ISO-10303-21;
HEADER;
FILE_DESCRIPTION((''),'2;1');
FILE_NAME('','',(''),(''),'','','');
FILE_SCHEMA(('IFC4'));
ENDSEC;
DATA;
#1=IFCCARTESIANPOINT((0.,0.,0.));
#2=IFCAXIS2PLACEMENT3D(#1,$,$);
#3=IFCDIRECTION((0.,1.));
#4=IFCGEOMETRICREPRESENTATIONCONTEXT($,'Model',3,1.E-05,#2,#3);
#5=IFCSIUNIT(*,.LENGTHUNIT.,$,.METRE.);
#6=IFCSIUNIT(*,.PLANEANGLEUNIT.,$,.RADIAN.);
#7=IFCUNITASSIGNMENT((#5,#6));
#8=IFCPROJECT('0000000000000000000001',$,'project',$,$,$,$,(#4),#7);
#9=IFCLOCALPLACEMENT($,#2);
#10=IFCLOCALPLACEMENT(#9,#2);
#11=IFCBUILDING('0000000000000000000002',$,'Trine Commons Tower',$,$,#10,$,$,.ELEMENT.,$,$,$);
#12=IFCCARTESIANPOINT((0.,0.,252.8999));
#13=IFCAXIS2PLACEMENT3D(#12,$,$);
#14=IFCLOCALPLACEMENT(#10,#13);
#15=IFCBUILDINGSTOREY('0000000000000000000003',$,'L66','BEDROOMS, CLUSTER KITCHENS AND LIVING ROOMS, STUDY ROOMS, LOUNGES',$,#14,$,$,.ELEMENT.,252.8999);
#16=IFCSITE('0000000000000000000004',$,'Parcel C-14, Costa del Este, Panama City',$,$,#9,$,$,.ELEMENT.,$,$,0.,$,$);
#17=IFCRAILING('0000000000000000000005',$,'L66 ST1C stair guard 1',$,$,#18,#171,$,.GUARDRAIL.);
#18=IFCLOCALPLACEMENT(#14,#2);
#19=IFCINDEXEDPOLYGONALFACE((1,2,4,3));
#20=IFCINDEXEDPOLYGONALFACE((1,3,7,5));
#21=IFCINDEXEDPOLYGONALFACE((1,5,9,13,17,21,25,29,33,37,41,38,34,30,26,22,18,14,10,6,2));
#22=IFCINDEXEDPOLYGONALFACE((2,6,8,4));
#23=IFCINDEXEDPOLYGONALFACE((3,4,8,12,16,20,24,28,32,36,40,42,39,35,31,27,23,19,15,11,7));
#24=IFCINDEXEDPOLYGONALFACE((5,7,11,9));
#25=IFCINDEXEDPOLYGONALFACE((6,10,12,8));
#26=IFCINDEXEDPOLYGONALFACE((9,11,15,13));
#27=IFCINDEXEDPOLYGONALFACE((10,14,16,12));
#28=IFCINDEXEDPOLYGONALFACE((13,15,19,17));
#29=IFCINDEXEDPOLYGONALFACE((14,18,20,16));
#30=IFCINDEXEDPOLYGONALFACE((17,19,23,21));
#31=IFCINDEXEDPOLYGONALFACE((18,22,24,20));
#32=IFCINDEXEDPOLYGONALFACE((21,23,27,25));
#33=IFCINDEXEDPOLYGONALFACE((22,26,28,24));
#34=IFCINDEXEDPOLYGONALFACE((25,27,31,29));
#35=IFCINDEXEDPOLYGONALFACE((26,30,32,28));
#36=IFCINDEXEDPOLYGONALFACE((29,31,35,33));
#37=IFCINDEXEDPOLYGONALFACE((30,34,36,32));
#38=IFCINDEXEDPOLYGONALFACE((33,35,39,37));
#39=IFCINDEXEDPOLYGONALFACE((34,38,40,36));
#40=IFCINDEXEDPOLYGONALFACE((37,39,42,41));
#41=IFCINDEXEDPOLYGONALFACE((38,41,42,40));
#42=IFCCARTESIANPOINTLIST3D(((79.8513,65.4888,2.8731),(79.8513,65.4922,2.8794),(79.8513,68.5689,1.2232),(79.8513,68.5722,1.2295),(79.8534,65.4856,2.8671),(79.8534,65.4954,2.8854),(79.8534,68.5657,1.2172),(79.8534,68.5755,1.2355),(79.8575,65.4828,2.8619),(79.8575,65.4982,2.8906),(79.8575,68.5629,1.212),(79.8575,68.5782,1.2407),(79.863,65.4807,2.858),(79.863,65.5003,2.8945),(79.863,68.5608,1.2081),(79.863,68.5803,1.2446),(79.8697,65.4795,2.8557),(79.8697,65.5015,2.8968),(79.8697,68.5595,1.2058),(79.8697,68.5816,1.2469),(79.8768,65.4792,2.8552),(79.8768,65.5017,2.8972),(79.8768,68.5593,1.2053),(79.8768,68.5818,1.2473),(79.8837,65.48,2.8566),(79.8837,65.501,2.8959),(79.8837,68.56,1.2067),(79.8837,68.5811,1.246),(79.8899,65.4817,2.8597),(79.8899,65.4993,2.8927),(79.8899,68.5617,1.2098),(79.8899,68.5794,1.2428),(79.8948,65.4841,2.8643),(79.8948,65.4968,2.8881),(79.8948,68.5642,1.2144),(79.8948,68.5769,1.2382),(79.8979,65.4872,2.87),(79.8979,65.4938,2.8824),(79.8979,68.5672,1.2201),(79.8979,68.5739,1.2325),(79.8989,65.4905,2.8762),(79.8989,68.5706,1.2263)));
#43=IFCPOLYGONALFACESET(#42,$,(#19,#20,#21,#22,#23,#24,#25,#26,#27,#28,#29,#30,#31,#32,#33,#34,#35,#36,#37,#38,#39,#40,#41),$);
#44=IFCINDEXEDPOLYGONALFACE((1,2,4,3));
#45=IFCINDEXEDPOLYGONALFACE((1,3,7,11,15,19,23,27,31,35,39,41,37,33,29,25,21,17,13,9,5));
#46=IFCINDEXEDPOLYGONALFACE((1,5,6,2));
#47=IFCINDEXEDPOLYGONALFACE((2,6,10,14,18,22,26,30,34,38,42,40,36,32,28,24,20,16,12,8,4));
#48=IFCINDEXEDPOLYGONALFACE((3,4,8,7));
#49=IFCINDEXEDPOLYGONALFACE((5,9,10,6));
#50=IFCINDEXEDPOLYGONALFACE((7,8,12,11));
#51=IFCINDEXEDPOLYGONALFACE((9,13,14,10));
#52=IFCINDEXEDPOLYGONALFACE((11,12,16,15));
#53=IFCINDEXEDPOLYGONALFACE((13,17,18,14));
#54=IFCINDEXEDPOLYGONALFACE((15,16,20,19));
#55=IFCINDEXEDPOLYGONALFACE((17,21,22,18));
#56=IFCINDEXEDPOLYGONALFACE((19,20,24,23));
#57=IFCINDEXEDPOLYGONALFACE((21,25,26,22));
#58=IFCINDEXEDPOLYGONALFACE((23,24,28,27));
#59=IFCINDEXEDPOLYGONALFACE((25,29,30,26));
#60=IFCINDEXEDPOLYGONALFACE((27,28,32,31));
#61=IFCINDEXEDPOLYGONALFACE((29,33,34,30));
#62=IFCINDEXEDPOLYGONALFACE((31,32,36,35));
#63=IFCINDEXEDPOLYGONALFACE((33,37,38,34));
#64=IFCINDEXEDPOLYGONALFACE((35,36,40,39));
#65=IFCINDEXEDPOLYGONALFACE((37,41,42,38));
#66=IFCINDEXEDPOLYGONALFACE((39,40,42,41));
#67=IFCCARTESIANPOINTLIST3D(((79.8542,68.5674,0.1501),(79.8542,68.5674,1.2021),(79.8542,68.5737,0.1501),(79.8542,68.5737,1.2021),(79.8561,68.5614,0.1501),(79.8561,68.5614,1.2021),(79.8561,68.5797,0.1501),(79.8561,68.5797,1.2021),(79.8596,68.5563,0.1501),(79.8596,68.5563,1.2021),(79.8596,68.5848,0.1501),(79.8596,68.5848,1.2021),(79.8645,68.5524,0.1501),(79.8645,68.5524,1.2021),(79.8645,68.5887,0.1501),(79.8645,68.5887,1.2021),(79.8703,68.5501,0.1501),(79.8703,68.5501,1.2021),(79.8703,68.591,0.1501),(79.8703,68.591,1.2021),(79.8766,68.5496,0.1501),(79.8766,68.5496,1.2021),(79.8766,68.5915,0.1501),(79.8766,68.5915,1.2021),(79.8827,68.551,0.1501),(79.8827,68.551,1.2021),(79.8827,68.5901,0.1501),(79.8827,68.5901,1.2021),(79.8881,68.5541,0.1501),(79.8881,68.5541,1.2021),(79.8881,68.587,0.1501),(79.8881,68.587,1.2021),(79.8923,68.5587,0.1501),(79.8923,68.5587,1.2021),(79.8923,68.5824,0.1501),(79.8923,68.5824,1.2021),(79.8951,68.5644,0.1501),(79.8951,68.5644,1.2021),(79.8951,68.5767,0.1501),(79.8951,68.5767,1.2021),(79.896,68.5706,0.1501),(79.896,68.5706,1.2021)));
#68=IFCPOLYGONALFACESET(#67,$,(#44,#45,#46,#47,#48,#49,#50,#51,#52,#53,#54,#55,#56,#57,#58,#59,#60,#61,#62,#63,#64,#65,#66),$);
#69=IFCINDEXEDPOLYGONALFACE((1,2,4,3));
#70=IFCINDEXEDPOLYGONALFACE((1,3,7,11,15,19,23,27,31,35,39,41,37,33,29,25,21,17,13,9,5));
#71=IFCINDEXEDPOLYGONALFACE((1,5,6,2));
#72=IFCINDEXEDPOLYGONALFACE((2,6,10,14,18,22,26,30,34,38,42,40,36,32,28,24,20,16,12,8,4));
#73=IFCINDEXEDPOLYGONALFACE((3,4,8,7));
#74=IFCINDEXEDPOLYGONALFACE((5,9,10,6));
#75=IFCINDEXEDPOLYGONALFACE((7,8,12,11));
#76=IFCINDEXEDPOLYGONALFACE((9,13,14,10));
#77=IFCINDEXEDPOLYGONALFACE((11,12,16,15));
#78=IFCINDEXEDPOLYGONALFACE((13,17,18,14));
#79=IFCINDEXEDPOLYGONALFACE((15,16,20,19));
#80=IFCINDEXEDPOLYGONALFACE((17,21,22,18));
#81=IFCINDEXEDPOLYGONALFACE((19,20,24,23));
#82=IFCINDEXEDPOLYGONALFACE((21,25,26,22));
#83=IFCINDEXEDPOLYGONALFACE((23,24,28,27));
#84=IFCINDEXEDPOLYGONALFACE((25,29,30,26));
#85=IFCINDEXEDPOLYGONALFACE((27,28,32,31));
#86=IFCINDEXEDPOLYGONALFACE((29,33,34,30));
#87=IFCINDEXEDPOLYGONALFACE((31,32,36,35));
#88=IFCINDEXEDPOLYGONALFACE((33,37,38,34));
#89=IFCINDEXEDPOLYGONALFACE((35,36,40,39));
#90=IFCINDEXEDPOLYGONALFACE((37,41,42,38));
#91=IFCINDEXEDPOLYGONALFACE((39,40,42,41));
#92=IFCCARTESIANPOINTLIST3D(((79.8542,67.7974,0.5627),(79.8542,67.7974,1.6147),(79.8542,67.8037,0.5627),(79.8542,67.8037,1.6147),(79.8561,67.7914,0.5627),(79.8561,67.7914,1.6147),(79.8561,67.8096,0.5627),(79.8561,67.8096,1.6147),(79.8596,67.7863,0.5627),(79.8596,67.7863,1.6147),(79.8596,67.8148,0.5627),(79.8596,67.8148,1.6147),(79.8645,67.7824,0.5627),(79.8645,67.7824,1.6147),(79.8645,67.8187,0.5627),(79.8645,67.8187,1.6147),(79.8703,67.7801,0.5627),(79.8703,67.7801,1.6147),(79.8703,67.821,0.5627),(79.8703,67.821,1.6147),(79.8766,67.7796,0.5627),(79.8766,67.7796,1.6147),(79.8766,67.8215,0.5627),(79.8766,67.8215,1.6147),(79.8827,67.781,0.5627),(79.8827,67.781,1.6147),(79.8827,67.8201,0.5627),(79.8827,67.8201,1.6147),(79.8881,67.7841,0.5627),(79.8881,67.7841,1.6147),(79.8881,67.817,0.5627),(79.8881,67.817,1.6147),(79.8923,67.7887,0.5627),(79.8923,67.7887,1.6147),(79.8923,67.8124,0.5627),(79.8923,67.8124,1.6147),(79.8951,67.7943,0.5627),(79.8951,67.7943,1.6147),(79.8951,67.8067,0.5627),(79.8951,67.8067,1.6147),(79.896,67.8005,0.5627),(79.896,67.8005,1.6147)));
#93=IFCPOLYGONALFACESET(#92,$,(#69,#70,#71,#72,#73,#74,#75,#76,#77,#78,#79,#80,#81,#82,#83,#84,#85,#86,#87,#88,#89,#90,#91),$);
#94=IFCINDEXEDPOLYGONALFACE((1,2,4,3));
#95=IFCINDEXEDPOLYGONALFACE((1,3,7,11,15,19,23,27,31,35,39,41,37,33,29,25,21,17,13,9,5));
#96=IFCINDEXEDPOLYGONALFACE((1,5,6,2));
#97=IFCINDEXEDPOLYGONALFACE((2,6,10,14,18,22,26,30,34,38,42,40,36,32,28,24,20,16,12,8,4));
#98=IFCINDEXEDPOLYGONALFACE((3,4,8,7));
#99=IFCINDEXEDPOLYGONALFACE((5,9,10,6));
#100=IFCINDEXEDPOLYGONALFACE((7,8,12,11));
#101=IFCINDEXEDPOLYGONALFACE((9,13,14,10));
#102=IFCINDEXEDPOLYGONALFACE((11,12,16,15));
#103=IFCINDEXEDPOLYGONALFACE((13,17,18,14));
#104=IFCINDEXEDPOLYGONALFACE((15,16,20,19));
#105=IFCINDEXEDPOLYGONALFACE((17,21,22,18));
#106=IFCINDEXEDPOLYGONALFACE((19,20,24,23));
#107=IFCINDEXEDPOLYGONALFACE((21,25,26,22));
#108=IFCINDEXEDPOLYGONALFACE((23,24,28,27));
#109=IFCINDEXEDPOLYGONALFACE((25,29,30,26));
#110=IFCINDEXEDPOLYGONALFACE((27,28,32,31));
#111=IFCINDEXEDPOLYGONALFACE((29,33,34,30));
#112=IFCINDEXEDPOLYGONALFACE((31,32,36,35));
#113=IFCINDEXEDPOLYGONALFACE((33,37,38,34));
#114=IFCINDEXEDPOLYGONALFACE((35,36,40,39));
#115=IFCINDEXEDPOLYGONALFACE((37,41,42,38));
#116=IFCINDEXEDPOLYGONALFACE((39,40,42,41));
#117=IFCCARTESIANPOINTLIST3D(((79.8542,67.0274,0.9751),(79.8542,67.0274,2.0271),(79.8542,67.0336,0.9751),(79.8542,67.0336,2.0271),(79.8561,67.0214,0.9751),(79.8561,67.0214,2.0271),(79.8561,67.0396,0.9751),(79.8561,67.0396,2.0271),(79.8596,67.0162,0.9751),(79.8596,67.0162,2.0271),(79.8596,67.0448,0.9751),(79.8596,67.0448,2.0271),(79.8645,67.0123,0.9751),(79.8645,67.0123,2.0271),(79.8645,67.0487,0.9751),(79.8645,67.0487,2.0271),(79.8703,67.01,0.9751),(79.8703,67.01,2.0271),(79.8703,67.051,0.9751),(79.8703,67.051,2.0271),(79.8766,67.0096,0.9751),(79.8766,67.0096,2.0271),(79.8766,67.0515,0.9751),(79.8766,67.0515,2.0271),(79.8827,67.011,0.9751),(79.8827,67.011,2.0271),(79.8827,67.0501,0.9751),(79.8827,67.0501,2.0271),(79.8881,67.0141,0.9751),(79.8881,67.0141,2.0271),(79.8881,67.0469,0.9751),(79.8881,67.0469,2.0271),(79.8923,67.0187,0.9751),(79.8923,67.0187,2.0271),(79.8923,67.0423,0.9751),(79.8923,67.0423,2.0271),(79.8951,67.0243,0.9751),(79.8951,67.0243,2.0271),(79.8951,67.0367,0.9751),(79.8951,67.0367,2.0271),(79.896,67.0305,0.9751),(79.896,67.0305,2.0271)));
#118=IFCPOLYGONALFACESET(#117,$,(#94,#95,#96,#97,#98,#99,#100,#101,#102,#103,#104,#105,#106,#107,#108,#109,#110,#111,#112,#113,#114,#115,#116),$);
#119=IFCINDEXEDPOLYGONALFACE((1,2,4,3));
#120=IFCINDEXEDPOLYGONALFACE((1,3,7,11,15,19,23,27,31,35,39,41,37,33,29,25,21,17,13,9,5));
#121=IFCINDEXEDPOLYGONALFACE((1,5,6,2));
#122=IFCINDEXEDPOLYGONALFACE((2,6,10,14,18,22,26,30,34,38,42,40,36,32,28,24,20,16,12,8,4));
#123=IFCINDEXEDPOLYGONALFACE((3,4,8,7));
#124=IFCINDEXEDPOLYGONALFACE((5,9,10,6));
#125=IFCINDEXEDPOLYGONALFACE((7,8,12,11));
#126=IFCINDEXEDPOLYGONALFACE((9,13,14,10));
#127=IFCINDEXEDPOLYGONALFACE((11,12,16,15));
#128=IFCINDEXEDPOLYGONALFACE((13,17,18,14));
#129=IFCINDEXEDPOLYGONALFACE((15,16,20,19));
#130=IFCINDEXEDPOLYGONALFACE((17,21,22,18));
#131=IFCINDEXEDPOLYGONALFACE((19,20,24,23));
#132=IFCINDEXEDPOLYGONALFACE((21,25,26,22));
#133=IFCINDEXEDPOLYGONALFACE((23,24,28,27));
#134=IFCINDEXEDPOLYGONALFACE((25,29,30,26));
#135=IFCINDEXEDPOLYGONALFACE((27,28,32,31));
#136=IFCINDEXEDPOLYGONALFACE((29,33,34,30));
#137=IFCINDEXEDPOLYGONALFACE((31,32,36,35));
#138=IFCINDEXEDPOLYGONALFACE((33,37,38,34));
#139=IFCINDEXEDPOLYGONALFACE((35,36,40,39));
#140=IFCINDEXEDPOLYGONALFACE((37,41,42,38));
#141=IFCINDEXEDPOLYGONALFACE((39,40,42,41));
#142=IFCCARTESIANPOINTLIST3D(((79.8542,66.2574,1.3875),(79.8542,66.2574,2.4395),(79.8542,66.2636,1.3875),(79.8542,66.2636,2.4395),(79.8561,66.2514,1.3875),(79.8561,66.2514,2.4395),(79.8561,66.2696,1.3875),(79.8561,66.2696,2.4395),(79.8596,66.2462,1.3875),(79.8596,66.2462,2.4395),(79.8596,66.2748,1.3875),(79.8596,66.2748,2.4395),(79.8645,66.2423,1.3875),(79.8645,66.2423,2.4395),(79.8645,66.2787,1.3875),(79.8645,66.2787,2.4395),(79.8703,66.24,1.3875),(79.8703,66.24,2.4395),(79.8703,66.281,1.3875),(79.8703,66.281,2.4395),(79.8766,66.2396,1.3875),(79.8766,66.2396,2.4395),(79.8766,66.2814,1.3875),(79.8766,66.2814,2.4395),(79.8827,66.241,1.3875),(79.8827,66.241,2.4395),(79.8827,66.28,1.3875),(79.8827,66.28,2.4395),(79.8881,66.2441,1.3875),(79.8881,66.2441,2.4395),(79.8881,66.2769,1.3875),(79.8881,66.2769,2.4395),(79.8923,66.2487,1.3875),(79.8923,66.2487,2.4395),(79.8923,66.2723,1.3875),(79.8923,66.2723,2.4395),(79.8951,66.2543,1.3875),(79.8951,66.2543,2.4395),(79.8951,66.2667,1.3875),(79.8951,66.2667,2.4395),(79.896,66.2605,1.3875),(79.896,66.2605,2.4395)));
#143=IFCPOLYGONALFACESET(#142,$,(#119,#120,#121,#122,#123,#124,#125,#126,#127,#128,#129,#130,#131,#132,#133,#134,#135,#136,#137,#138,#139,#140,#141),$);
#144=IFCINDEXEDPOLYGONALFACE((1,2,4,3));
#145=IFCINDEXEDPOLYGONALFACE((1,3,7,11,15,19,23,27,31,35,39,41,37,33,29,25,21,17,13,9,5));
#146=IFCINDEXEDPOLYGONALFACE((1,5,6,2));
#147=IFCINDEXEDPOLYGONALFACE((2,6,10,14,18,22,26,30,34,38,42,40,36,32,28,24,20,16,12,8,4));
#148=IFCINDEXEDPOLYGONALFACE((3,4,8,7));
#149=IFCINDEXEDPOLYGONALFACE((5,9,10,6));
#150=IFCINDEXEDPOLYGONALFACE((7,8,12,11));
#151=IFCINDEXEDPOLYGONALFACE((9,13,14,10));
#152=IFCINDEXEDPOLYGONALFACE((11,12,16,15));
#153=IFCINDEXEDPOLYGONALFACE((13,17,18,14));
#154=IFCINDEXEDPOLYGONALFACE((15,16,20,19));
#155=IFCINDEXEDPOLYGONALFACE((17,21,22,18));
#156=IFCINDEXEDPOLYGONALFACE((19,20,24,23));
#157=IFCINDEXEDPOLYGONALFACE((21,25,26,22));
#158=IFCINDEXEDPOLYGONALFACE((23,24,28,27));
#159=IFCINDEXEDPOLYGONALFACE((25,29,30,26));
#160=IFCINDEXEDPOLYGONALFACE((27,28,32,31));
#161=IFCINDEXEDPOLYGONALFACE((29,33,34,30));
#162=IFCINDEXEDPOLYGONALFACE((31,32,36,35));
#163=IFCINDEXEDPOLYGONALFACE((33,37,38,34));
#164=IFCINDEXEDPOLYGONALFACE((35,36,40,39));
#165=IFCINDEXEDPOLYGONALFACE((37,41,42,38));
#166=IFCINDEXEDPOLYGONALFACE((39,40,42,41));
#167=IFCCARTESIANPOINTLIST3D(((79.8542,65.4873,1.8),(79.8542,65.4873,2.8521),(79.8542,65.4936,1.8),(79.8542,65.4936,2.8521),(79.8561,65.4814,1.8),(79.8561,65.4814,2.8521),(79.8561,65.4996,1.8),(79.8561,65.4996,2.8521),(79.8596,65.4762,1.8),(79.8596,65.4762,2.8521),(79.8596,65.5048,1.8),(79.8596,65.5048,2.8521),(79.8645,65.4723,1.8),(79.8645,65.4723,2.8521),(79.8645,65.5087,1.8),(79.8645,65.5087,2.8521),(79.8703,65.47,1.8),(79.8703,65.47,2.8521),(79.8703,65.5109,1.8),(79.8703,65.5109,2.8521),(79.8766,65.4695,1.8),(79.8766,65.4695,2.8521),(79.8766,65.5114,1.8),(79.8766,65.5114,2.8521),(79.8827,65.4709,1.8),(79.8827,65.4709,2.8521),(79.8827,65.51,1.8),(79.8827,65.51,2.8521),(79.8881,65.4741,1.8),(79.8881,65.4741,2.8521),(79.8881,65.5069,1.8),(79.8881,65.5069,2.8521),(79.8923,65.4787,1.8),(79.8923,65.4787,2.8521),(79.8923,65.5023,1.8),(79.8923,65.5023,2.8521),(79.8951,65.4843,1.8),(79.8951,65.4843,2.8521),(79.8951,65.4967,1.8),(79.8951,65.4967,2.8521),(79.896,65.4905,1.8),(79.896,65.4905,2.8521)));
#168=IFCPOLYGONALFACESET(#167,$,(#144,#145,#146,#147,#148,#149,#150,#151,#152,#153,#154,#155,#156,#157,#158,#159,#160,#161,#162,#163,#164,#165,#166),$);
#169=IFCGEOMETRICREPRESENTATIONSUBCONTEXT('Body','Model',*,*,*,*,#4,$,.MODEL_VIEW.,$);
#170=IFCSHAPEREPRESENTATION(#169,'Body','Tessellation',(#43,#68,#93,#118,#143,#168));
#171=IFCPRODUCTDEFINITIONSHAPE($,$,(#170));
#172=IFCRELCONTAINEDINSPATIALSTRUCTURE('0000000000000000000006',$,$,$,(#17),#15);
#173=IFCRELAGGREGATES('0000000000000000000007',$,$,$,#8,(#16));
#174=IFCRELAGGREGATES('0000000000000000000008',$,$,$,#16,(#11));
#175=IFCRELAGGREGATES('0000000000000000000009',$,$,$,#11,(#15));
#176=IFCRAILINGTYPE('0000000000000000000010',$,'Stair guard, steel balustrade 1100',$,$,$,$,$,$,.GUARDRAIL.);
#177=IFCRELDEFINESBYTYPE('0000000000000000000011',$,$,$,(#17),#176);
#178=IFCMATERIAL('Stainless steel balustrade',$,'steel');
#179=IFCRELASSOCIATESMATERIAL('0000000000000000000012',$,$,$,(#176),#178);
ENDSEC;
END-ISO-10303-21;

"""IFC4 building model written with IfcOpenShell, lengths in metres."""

from ifc_helpers import new_model, si_unit, direction, frame, origin, origin_2d, place, context, subcontext, project, spatial, circle, extrude, material, type_object, element, save


model = new_model("IFC4")

# Units and contexts
model_context = context("Model", 3, precision=1e-05, world=origin(), true_north=direction((0.0, 1.0)))
body_context = subcontext(model_context, "Body", "Model", "MODEL_VIEW")
ifc_project = project(units=[si_unit("LENGTHUNIT", "METRE"), si_unit("PLANEANGLEUNIT", "RADIAN")], contexts=[model_context])

# Site, building, storey
site_placement = place(None, origin())
site = spatial("IfcSite", under=ifc_project, at=site_placement, Name="Parcel C-14, Costa del Este, Panama City", CompositionType="ELEMENT", RefElevation=0.0)
building_placement = place(site_placement, origin())
building = spatial("IfcBuilding", under=site, at=building_placement, Name="Trine Commons Tower", CompositionType="ELEMENT")
storey_placement = place(building_placement, frame((0.0, 0.0, 252.8999)))
storey = spatial("IfcBuildingStorey", under=building, at=storey_placement, Name="L66", Description="BEDROOMS, CLUSTER KITCHENS AND LIVING ROOMS, STUDY ROOMS, LOUNGES", CompositionType="ELEMENT", Elevation=252.8999)

# Railing
ifc_material_1 = material(Name="Stainless steel balustrade", Category="steel")
railing_type_1 = type_object("IfcRailingType", Name="Stair guard, steel balustrade 1100", PredefinedType="GUARDRAIL", material=ifc_material_1)
railing_1_placement = place(storey_placement, frame((79.875, 68.5706, 0.1501)))
element("IfcRailing", 1, at=railing_1_placement, inside=storey, type_object=railing_type_1, Name="L66 ST1C stair guard 1", PredefinedType="GUARDRAIL", context=body_context, shape_type="SweptSolid", body=[
    extrude(circle(Radius=0.0239, at=origin_2d()), frame((0.0, 0.0, 1.0762), z_axis=(0.0, -0.881497, 0.47219), x_axis=(1.0, 0.0, 0.0)), (0.0, 0.0, 1.0), 3.4941),
    extrude(circle(Radius=0.021, at=origin_2d()), origin(), (0.0, 0.0, 1.0), 1.052),
    extrude(circle(Radius=0.021, at=origin_2d()), frame((0.0, -0.77, 0.4126)), (0.0, 0.0, 1.0), 1.052),
    extrude(circle(Radius=0.021, at=origin_2d()), frame((0.0, -1.54, 0.825)), (0.0, 0.0, 1.0), 1.052),
    extrude(circle(Radius=0.021, at=origin_2d()), frame((0.0, -2.3101, 1.2373)), (0.0, 0.0, 1.0), 1.052),
    extrude(circle(Radius=0.021, at=origin_2d()), frame((0.0, -3.0801, 1.6499)), (0.0, 0.0, 1.0), 1.052),
])

save(model, "model.ifc")
